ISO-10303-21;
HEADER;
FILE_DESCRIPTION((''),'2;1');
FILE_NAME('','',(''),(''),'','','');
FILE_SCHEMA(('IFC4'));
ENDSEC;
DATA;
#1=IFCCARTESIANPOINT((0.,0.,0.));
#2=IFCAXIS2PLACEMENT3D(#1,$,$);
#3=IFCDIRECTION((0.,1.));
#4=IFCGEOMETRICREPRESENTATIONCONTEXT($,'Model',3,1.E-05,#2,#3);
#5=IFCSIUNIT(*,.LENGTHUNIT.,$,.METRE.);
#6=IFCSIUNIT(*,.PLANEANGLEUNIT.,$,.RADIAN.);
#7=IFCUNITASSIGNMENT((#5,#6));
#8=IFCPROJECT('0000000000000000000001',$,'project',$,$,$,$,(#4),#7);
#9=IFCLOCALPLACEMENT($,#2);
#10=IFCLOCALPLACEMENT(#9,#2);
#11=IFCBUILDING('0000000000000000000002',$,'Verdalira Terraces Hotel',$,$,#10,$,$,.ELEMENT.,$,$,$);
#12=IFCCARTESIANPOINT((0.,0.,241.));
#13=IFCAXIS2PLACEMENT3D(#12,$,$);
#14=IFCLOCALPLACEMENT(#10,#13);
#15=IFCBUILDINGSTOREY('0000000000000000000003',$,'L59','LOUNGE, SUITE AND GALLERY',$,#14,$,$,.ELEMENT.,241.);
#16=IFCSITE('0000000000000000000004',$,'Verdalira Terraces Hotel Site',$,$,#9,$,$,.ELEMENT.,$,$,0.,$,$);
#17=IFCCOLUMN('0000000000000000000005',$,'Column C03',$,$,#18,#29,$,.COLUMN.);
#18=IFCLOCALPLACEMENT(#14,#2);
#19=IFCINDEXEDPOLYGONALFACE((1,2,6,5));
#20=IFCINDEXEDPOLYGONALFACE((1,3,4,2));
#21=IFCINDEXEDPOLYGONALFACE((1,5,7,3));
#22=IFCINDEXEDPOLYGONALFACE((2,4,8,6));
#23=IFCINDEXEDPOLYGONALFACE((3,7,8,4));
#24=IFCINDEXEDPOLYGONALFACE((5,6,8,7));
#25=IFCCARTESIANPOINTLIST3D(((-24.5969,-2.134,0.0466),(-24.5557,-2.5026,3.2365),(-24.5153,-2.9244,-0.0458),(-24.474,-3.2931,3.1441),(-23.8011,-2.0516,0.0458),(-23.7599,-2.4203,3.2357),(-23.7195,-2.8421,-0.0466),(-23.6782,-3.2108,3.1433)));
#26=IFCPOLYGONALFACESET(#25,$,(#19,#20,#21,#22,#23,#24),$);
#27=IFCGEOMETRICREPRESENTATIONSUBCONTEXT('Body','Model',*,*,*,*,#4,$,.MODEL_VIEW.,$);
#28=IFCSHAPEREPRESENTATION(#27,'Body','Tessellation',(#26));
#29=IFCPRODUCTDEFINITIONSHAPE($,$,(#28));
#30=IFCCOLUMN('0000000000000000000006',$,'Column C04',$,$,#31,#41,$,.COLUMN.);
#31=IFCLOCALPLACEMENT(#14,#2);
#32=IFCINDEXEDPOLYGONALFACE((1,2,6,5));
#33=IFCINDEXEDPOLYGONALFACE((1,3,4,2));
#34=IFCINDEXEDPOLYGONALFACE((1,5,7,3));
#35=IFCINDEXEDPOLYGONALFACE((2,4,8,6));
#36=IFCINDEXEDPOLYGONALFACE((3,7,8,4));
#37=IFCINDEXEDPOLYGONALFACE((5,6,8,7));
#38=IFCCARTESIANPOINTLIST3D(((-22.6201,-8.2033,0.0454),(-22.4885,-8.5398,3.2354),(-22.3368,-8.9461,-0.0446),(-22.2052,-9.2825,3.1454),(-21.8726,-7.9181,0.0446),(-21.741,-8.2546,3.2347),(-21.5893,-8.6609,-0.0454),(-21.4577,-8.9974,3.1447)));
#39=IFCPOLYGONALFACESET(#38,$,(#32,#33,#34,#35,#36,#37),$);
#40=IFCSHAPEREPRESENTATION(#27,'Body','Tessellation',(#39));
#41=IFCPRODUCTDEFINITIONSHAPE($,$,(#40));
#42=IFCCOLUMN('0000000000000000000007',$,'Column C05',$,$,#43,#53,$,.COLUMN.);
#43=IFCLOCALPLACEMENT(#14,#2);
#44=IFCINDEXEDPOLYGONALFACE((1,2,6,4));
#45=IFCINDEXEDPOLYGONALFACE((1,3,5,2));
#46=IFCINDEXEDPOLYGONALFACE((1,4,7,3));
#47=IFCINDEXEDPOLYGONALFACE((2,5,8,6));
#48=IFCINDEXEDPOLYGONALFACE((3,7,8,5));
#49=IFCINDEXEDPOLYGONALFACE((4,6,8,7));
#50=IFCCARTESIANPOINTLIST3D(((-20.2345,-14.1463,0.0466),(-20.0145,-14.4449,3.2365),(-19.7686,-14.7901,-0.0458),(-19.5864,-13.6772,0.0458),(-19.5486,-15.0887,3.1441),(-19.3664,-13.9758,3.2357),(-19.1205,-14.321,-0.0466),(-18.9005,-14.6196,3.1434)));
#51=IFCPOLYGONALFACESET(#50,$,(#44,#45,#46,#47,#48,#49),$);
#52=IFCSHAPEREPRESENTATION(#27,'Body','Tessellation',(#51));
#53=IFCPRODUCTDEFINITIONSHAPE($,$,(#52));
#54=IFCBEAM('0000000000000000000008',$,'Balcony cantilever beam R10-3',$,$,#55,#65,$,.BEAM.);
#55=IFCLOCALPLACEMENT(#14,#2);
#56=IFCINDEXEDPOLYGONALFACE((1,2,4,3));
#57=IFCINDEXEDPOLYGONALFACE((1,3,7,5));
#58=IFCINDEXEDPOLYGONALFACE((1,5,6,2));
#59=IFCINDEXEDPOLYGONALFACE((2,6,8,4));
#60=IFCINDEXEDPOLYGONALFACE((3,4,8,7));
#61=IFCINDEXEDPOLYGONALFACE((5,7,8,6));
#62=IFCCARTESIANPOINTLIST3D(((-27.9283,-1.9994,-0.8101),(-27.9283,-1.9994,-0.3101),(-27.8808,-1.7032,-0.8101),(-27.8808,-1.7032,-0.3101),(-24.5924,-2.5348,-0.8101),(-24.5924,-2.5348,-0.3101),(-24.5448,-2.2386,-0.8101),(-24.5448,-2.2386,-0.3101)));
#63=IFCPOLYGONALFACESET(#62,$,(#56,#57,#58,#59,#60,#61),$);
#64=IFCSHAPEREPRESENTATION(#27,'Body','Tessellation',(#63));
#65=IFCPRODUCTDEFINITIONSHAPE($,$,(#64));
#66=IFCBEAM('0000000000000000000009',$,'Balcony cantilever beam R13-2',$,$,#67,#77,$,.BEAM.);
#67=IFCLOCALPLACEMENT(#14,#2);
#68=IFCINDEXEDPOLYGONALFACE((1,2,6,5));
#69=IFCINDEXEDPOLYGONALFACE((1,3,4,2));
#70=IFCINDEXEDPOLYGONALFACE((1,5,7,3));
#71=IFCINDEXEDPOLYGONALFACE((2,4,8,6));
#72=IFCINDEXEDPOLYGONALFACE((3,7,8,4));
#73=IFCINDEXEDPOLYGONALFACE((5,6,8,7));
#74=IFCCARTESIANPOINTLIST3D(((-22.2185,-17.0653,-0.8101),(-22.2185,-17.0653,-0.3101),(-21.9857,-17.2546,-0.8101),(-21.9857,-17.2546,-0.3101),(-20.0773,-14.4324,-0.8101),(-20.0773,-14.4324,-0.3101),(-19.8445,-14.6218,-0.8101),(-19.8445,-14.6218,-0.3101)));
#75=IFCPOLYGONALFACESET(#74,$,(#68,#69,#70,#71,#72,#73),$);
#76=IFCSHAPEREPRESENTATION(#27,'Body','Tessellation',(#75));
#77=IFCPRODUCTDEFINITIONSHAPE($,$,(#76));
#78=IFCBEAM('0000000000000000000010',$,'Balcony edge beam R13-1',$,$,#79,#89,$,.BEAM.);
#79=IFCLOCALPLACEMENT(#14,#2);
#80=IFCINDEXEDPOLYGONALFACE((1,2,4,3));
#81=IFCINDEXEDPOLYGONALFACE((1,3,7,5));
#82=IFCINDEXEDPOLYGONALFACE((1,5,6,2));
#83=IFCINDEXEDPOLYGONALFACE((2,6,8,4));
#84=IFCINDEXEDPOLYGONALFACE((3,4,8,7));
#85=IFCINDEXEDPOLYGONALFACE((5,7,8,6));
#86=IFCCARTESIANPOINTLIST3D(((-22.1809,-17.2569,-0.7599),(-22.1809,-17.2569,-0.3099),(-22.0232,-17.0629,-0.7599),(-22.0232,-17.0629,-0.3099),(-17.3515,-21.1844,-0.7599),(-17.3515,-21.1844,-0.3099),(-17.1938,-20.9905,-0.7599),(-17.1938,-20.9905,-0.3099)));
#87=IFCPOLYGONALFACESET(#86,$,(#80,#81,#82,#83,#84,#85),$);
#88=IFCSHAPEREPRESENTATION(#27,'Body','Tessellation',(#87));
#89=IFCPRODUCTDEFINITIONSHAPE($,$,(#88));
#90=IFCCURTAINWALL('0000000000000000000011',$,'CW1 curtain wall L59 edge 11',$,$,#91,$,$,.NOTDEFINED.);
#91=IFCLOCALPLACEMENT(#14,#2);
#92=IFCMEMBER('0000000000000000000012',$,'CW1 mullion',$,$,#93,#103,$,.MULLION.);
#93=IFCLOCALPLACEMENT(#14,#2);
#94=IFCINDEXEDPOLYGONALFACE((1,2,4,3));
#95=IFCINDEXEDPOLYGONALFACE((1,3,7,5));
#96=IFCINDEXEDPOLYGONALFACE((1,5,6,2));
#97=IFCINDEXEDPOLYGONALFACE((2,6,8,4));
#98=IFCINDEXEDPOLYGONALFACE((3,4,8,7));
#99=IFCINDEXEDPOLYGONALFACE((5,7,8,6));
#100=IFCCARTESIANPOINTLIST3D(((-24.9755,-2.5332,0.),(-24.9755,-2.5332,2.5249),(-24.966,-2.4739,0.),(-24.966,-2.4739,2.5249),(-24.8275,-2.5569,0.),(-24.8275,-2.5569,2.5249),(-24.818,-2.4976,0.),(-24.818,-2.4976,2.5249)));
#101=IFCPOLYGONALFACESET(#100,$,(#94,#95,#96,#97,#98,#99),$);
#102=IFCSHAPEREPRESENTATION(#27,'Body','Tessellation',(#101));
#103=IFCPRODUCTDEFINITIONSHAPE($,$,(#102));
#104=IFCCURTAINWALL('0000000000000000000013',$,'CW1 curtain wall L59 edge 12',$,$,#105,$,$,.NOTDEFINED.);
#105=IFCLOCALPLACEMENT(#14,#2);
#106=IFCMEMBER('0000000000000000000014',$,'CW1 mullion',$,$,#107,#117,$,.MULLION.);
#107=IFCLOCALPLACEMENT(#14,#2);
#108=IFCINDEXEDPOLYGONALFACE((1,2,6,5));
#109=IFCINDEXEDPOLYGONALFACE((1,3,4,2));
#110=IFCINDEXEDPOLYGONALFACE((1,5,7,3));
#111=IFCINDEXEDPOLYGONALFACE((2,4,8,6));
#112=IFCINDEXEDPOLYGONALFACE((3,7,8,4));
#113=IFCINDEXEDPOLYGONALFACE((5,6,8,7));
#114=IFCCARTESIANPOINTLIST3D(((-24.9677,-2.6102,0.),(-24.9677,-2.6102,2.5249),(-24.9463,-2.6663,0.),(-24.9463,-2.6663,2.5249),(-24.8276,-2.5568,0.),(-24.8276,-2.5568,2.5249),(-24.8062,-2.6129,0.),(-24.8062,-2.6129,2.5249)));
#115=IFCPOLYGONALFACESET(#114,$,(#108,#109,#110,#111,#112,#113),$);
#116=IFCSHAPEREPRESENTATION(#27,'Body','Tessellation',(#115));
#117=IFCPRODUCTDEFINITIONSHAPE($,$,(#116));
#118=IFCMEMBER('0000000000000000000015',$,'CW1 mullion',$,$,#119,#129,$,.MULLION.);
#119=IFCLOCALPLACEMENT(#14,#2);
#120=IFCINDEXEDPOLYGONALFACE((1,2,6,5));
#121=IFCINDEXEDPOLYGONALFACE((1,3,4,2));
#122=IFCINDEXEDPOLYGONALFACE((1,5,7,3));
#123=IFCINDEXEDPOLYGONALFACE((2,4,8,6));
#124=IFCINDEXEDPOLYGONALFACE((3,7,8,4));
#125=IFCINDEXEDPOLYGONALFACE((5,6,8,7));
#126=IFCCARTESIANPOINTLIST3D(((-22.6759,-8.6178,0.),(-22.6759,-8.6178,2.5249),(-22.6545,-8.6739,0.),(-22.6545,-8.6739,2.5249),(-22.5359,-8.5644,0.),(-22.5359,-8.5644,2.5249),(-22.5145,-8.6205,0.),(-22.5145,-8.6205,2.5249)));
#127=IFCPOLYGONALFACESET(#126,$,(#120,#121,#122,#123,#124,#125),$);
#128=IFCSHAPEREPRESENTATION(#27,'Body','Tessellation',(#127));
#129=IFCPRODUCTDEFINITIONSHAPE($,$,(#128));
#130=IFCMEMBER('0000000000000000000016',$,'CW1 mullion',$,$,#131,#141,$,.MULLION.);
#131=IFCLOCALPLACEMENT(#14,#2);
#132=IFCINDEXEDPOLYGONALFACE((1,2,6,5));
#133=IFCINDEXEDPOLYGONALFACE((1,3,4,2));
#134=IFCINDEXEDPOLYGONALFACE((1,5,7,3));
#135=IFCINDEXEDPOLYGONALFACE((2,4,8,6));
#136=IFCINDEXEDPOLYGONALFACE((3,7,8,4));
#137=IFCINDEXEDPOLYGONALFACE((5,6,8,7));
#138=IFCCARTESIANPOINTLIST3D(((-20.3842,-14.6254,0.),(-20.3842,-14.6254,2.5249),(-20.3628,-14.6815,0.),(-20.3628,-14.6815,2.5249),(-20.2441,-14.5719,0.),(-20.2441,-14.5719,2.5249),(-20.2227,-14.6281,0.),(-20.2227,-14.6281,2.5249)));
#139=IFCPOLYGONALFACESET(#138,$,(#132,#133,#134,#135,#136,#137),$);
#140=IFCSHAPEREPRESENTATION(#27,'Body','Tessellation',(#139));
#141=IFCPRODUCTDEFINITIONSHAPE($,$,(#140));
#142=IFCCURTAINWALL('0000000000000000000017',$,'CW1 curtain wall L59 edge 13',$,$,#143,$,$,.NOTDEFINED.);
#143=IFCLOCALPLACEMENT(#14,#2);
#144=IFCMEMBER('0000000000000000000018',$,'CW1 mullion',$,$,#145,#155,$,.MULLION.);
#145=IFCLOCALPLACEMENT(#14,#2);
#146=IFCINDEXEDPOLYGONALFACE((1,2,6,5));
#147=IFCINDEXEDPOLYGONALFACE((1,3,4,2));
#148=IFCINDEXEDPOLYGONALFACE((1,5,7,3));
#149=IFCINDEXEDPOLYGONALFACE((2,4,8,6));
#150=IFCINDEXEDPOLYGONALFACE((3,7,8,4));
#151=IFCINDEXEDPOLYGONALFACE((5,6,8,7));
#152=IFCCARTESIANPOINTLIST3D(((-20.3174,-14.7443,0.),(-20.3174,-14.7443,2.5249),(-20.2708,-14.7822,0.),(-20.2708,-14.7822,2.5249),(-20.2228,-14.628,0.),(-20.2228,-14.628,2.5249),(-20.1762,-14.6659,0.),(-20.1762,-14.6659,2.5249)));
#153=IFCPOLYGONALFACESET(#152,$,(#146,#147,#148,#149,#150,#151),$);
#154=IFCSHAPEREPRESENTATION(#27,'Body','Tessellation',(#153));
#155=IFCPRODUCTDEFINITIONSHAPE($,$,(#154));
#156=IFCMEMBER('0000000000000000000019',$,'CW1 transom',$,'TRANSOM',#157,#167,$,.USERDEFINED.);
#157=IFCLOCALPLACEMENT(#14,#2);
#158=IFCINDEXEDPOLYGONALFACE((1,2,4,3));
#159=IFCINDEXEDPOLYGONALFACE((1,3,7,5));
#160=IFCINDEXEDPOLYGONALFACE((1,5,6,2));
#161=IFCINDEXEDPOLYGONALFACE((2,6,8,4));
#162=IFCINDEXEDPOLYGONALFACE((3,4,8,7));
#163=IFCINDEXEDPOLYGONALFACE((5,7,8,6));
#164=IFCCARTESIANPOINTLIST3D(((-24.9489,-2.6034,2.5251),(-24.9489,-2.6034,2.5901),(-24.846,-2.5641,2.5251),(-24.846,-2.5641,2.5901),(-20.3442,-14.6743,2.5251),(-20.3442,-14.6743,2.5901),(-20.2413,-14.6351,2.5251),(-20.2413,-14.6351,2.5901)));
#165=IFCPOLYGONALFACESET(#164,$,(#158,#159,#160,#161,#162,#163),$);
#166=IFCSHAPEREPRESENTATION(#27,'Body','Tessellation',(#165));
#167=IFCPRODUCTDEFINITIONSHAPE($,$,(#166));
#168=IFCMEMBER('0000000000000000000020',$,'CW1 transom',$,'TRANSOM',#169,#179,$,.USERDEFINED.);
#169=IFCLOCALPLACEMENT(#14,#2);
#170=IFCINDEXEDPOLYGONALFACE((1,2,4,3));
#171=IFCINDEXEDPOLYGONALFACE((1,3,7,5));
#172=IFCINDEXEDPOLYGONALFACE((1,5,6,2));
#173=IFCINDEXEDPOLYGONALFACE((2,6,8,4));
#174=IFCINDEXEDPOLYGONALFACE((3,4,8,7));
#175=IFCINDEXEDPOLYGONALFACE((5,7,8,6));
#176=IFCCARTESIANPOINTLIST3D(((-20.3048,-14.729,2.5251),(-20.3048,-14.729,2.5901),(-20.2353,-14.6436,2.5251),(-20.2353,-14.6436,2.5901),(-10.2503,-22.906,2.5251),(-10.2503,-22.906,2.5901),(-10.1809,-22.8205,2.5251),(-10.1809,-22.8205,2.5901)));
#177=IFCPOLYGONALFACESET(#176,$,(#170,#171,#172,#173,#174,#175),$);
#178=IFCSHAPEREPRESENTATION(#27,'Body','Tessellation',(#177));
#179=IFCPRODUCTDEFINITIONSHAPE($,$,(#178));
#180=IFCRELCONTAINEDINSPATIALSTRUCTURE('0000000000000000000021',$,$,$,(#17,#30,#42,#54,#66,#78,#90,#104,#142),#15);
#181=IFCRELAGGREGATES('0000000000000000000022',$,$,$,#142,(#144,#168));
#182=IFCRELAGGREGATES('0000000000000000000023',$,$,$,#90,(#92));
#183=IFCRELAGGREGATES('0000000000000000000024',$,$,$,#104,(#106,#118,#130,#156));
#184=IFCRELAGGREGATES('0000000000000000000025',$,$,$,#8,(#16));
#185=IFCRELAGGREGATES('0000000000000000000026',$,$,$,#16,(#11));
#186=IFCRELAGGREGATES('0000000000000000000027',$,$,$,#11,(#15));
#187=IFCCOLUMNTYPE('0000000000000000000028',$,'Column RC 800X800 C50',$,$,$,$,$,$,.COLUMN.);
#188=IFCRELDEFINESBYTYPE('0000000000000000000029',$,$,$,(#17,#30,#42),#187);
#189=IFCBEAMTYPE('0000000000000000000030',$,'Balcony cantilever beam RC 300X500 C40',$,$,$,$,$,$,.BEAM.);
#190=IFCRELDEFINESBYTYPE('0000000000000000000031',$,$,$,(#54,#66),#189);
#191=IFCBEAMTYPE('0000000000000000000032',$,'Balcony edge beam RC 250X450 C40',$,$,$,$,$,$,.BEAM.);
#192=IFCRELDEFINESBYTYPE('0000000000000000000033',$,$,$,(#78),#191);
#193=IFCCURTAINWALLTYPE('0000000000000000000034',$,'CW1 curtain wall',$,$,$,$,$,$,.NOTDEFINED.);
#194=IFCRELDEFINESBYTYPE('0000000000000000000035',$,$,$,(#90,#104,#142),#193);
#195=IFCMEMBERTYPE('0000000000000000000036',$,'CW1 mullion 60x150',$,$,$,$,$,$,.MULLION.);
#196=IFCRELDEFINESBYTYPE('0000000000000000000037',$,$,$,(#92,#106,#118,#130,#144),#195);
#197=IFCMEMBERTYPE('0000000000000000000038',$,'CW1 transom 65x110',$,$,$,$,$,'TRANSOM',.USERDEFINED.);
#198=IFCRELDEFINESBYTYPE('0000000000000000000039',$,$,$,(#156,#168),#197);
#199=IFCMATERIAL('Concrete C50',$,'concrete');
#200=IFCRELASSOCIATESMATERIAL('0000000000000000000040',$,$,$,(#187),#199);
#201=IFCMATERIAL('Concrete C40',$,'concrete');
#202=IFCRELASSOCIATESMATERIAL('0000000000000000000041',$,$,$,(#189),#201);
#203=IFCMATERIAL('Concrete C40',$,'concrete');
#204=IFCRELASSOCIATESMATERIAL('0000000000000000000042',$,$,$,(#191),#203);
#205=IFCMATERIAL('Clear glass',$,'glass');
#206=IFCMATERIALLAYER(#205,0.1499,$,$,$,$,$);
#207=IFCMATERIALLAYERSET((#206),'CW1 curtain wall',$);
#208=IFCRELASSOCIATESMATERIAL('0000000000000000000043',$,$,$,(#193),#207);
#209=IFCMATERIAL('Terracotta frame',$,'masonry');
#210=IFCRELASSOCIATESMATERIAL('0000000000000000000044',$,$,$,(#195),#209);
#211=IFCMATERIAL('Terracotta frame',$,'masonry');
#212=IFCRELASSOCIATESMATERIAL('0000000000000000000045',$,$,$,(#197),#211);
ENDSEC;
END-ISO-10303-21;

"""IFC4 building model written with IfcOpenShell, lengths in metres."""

from ifc_helpers import new_model, si_unit, direction, frame, origin, origin_2d, place, context, subcontext, project, spatial, rectangle, extrude, material, layer, layer_set, material_profile, profile_set, type_object, element, aggregate, save


model = new_model("IFC4")

# Units and contexts
model_context = context("Model", 3, precision=1e-05, world=origin(), true_north=direction((0.0, 1.0)))
body_context = subcontext(model_context, "Body", "Model", "MODEL_VIEW")
ifc_project = project(units=[si_unit("LENGTHUNIT", "METRE"), si_unit("PLANEANGLEUNIT", "RADIAN")], contexts=[model_context])

# Site, building, storey
site_placement = place(None, origin())
site = spatial("IfcSite", under=ifc_project, at=site_placement, Name="Verdalira Terraces Hotel Site", CompositionType="ELEMENT", RefElevation=0.0)
building_placement = place(site_placement, origin())
building = spatial("IfcBuilding", under=site, at=building_placement, Name="Verdalira Terraces Hotel", CompositionType="ELEMENT")
storey_placement = place(building_placement, frame((0.0, 0.0, 241.0)))
storey = spatial("IfcBuildingStorey", under=building, at=storey_placement, Name="L59", Description="LOUNGE, SUITE AND GALLERY", CompositionType="ELEMENT", Elevation=241.0)

# Columns
ifc_material_1 = material(Name="Concrete C50", Category="concrete")
ifc_material_profile_1 = material_profile(ifc_material_1, rectangle(XDim=0.8, YDim=0.8, at=origin_2d()), Name="RC 800X800")
ifc_profile_set_1 = profile_set([ifc_material_profile_1], Name="Concrete C50")
column_type = type_object("IfcColumnType", Name="Column RC 800X800 C50", PredefinedType="COLUMN", material=ifc_profile_set_1)
column_1_placement = place(storey_placement, frame((-24.1582, -2.488, 0.0), z_axis=(0.012848, -0.114794, 0.993306), x_axis=(-0.102097, 0.988046, 0.115506)))
element("IfcColumn", 1, at=column_1_placement, inside=storey, type_object=column_type, Name="Column C03", PredefinedType="COLUMN", context=body_context, shape_type="SweptSolid", body=[
    extrude(rectangle(XDim=0.8, YDim=0.8, at=origin_2d()), origin(), (0.0, 0.0, 1.0), 3.2114),
])
column_2_placement = place(storey_placement, frame((-22.1047, -8.4321, 0.0), z_axis=(0.04099, -0.104795, 0.993649), x_axis=(0.354093, -0.928416, -0.112522)))
element("IfcColumn", 2, at=column_2_placement, inside=storey, type_object=column_type, Name="Column C04", PredefinedType="COLUMN", context=body_context, shape_type="SweptSolid", body=[
    extrude(rectangle(XDim=0.8, YDim=0.8, at=origin_2d()), origin(), (0.0, 0.0, 1.0), 3.2104),
])
column_3_placement = place(storey_placement, frame((-19.6775, -14.2336, 0.0), z_axis=(0.068496, -0.092975, 0.99331), x_axis=(-0.582353, 0.804693, 0.115478)))
element("IfcColumn", 3, at=column_3_placement, inside=storey, type_object=column_type, Name="Column C05", PredefinedType="COLUMN", context=body_context, shape_type="SweptSolid", body=[
    extrude(rectangle(XDim=0.8, YDim=0.8, at=origin_2d()), origin(), (0.0, 0.0, 1.0), 3.2114),
])

# Beams
ifc_material_2 = material(Name="Concrete C40", Category="concrete")
ifc_material_profile_2 = material_profile(ifc_material_2, rectangle(XDim=0.3, YDim=0.5, at=origin_2d()), Name="RC 300X500")
ifc_profile_set_2 = profile_set([ifc_material_profile_2], Name="Concrete C40")
beam_type_1 = type_object("IfcBeamType", Name="Balcony cantilever beam RC 300X500 C40", PredefinedType="BEAM", material=ifc_profile_set_2)
beam_1_placement = place(storey_placement, frame((-24.5686, -2.3867, -0.5601), z_axis=(-0.987364, 0.158467, 0.0), x_axis=(-0.158467, -0.987364, 0.0)))
element("IfcBeam", 4, at=beam_1_placement, inside=storey, type_object=beam_type_1, Name="Balcony cantilever beam R10-3", PredefinedType="BEAM", context=body_context, shape_type="SweptSolid", body=[
    extrude(rectangle(XDim=0.3, YDim=0.5, at=origin_2d()), origin(), (0.0, 0.0, 1.0), 3.3787),
])
beam_2_placement = place(storey_placement, frame((-19.9609, -14.5271, -0.5601), z_axis=(-0.630939, -0.775832, 0.0), x_axis=(0.775832, -0.630939, 0.0)))
element("IfcBeam", 5, at=beam_2_placement, inside=storey, type_object=beam_type_1, Name="Balcony cantilever beam R13-2", PredefinedType="BEAM", context=body_context, shape_type="SweptSolid", body=[
    extrude(rectangle(XDim=0.3, YDim=0.5, at=origin_2d()), origin(), (0.0, 0.0, 1.0), 3.3936),
])
ifc_material_3 = material(Name="Concrete C40", Category="concrete")
ifc_material_profile_3 = material_profile(ifc_material_3, rectangle(XDim=0.25, YDim=0.45, at=origin_2d()), Name="RC 250X450")
ifc_profile_set_3 = profile_set([ifc_material_profile_3], Name="Concrete C40")
beam_type_2 = type_object("IfcBeamType", Name="Balcony edge beam RC 250X450 C40", PredefinedType="BEAM", material=ifc_profile_set_3)
beam_3_placement = place(storey_placement, frame((-22.1021, -17.1599, -0.5349), z_axis=(0.775827, -0.630945, 0.0), x_axis=(0.630945, 0.775827, 0.0)))
element("IfcBeam", 6, at=beam_3_placement, inside=storey, type_object=beam_type_2, Name="Balcony edge beam R13-1", PredefinedType="BEAM", context=body_context, shape_type="SweptSolid", body=[
    extrude(rectangle(XDim=0.25, YDim=0.45, at=origin_2d()), origin(), (0.0, 0.0, 1.0), 6.2249),
])

# Curtain wall, member
ifc_material_4 = material(Name="Clear glass", Category="glass")
ifc_layer_1 = layer(ifc_material_4, 0.1499)
ifc_layer_set_1 = layer_set([ifc_layer_1], Name="CW1 curtain wall")
curtain_wall_type = type_object("IfcCurtainWallType", Name="CW1 curtain wall", PredefinedType="NOTDEFINED", material=ifc_layer_set_1)
curtain_wall_1_placement = place(storey_placement, origin())
curtain_wall_1 = element("IfcCurtainWall", 7, at=curtain_wall_1_placement, inside=storey, type_object=curtain_wall_type, Name="CW1 curtain wall L59 edge 11", PredefinedType="NOTDEFINED")
ifc_material_5 = material(Name="Terracotta frame", Category="masonry")
ifc_material_profile_4 = material_profile(ifc_material_5, rectangle(XDim=0.0601, YDim=0.1499, at=origin_2d()), Name="MU 60x150")
ifc_profile_set_4 = profile_set([ifc_material_profile_4], Name="Terracotta frame")
member_type_1 = type_object("IfcMemberType", Name="CW1 mullion 60x150", PredefinedType="MULLION", material=ifc_profile_set_4)
member_1_placement = place(storey_placement, frame((-24.8967, -2.5154, 0.0), z_axis=(0.0, 0.0, 1.0), x_axis=(-0.158503, -0.987359, 0.0)))
member_1 = element("IfcMember", 8, at=member_1_placement, type_object=member_type_1, Name="CW1 mullion", PredefinedType="MULLION", context=body_context, shape_type="SweptSolid", body=[
    extrude(rectangle(XDim=0.0601, YDim=0.1499, at=origin_2d()), origin(), (0.0, 0.0, 1.0), 2.5249),
])

# Curtain wall, members
curtain_wall_2_placement = place(storey_placement, origin())
curtain_wall_2 = element("IfcCurtainWall", 9, at=curtain_wall_2_placement, inside=storey, type_object=curtain_wall_type, Name="CW1 curtain wall L59 edge 12", PredefinedType="NOTDEFINED")
member_2_placement = place(storey_placement, frame((-24.887, -2.6116, 0.0), z_axis=(0.0, 0.0, 1.0), x_axis=(0.356412, -0.934329, 0.0)))
member_2 = element("IfcMember", 10, at=member_2_placement, type_object=member_type_1, Name="CW1 mullion", PredefinedType="MULLION", context=body_context, shape_type="SweptSolid", body=[
    extrude(rectangle(XDim=0.0601, YDim=0.1499, at=origin_2d()), origin(), (0.0, 0.0, 1.0), 2.5249),
])
member_3_placement = place(storey_placement, frame((-22.5952, -8.6191, 0.0), z_axis=(0.0, 0.0, 1.0), x_axis=(0.356412, -0.934329, 0.0)))
member_3 = element("IfcMember", 11, at=member_3_placement, type_object=member_type_1, Name="CW1 mullion", PredefinedType="MULLION", context=body_context, shape_type="SweptSolid", body=[
    extrude(rectangle(XDim=0.0601, YDim=0.1499, at=origin_2d()), origin(), (0.0, 0.0, 1.0), 2.5249),
])
member_4_placement = place(storey_placement, frame((-20.3035, -14.6267, 0.0), z_axis=(0.0, 0.0, 1.0), x_axis=(0.356412, -0.934329, 0.0)))
member_4 = element("IfcMember", 12, at=member_4_placement, type_object=member_type_1, Name="CW1 mullion", PredefinedType="MULLION", context=body_context, shape_type="SweptSolid", body=[
    extrude(rectangle(XDim=0.0601, YDim=0.1499, at=origin_2d()), origin(), (0.0, 0.0, 1.0), 2.5249),
])

# Curtain wall, member
curtain_wall_3_placement = place(storey_placement, origin())
curtain_wall_3 = element("IfcCurtainWall", 13, at=curtain_wall_3_placement, inside=storey, type_object=curtain_wall_type, Name="CW1 curtain wall L59 edge 13", PredefinedType="NOTDEFINED")
member_5_placement = place(storey_placement, frame((-20.2468, -14.7051, 0.0), z_axis=(0.0, 0.0, 1.0), x_axis=(0.775826, -0.630947, 0.0)))
member_5 = element("IfcMember", 14, at=member_5_placement, type_object=member_type_1, Name="CW1 mullion", PredefinedType="MULLION", context=body_context, shape_type="SweptSolid", body=[
    extrude(rectangle(XDim=0.0601, YDim=0.1499, at=origin_2d()), origin(), (0.0, 0.0, 1.0), 2.5249),
])

# Members
ifc_material_6 = material(Name="Terracotta frame", Category="masonry")
ifc_material_profile_5 = material_profile(ifc_material_6, rectangle(XDim=0.1101, YDim=0.0649, at=origin_2d()), Name="TR 65x110")
ifc_profile_set_5 = profile_set([ifc_material_profile_5], Name="Terracotta frame")
member_type_2 = type_object("IfcMemberType", Name="CW1 transom 65x110", ElementType="TRANSOM", PredefinedType="USERDEFINED", material=ifc_profile_set_5)
member_6_placement = place(storey_placement, frame((-24.8975, -2.5837, 2.5576), z_axis=(0.356417, -0.934327, 0.0), x_axis=(0.934327, 0.356417, 0.0)))
member_6 = element("IfcMember", 15, at=member_6_placement, type_object=member_type_2, Name="CW1 transom", ObjectType="TRANSOM", PredefinedType="USERDEFINED", context=body_context, shape_type="SweptSolid", body=[
    extrude(rectangle(XDim=0.1101, YDim=0.0649, at=origin_2d()), origin(), (0.0, 0.0, 1.0), 12.9194),
])
member_7_placement = place(storey_placement, frame((-20.27, -14.6863, 2.5576), z_axis=(0.775821, -0.630954, 0.0), x_axis=(0.630954, 0.775821, 0.0)))
member_7 = element("IfcMember", 16, at=member_7_placement, type_object=member_type_2, Name="CW1 transom", ObjectType="TRANSOM", PredefinedType="USERDEFINED", context=body_context, shape_type="SweptSolid", body=[
    extrude(rectangle(XDim=0.1101, YDim=0.0649, at=origin_2d()), origin(), (0.0, 0.0, 1.0), 12.9597),
])
aggregate(curtain_wall_3, [member_5, member_7])

aggregate(curtain_wall_1, [member_1])
aggregate(curtain_wall_2, [member_2, member_3, member_4, member_6])

save(model, "model.ifc")
